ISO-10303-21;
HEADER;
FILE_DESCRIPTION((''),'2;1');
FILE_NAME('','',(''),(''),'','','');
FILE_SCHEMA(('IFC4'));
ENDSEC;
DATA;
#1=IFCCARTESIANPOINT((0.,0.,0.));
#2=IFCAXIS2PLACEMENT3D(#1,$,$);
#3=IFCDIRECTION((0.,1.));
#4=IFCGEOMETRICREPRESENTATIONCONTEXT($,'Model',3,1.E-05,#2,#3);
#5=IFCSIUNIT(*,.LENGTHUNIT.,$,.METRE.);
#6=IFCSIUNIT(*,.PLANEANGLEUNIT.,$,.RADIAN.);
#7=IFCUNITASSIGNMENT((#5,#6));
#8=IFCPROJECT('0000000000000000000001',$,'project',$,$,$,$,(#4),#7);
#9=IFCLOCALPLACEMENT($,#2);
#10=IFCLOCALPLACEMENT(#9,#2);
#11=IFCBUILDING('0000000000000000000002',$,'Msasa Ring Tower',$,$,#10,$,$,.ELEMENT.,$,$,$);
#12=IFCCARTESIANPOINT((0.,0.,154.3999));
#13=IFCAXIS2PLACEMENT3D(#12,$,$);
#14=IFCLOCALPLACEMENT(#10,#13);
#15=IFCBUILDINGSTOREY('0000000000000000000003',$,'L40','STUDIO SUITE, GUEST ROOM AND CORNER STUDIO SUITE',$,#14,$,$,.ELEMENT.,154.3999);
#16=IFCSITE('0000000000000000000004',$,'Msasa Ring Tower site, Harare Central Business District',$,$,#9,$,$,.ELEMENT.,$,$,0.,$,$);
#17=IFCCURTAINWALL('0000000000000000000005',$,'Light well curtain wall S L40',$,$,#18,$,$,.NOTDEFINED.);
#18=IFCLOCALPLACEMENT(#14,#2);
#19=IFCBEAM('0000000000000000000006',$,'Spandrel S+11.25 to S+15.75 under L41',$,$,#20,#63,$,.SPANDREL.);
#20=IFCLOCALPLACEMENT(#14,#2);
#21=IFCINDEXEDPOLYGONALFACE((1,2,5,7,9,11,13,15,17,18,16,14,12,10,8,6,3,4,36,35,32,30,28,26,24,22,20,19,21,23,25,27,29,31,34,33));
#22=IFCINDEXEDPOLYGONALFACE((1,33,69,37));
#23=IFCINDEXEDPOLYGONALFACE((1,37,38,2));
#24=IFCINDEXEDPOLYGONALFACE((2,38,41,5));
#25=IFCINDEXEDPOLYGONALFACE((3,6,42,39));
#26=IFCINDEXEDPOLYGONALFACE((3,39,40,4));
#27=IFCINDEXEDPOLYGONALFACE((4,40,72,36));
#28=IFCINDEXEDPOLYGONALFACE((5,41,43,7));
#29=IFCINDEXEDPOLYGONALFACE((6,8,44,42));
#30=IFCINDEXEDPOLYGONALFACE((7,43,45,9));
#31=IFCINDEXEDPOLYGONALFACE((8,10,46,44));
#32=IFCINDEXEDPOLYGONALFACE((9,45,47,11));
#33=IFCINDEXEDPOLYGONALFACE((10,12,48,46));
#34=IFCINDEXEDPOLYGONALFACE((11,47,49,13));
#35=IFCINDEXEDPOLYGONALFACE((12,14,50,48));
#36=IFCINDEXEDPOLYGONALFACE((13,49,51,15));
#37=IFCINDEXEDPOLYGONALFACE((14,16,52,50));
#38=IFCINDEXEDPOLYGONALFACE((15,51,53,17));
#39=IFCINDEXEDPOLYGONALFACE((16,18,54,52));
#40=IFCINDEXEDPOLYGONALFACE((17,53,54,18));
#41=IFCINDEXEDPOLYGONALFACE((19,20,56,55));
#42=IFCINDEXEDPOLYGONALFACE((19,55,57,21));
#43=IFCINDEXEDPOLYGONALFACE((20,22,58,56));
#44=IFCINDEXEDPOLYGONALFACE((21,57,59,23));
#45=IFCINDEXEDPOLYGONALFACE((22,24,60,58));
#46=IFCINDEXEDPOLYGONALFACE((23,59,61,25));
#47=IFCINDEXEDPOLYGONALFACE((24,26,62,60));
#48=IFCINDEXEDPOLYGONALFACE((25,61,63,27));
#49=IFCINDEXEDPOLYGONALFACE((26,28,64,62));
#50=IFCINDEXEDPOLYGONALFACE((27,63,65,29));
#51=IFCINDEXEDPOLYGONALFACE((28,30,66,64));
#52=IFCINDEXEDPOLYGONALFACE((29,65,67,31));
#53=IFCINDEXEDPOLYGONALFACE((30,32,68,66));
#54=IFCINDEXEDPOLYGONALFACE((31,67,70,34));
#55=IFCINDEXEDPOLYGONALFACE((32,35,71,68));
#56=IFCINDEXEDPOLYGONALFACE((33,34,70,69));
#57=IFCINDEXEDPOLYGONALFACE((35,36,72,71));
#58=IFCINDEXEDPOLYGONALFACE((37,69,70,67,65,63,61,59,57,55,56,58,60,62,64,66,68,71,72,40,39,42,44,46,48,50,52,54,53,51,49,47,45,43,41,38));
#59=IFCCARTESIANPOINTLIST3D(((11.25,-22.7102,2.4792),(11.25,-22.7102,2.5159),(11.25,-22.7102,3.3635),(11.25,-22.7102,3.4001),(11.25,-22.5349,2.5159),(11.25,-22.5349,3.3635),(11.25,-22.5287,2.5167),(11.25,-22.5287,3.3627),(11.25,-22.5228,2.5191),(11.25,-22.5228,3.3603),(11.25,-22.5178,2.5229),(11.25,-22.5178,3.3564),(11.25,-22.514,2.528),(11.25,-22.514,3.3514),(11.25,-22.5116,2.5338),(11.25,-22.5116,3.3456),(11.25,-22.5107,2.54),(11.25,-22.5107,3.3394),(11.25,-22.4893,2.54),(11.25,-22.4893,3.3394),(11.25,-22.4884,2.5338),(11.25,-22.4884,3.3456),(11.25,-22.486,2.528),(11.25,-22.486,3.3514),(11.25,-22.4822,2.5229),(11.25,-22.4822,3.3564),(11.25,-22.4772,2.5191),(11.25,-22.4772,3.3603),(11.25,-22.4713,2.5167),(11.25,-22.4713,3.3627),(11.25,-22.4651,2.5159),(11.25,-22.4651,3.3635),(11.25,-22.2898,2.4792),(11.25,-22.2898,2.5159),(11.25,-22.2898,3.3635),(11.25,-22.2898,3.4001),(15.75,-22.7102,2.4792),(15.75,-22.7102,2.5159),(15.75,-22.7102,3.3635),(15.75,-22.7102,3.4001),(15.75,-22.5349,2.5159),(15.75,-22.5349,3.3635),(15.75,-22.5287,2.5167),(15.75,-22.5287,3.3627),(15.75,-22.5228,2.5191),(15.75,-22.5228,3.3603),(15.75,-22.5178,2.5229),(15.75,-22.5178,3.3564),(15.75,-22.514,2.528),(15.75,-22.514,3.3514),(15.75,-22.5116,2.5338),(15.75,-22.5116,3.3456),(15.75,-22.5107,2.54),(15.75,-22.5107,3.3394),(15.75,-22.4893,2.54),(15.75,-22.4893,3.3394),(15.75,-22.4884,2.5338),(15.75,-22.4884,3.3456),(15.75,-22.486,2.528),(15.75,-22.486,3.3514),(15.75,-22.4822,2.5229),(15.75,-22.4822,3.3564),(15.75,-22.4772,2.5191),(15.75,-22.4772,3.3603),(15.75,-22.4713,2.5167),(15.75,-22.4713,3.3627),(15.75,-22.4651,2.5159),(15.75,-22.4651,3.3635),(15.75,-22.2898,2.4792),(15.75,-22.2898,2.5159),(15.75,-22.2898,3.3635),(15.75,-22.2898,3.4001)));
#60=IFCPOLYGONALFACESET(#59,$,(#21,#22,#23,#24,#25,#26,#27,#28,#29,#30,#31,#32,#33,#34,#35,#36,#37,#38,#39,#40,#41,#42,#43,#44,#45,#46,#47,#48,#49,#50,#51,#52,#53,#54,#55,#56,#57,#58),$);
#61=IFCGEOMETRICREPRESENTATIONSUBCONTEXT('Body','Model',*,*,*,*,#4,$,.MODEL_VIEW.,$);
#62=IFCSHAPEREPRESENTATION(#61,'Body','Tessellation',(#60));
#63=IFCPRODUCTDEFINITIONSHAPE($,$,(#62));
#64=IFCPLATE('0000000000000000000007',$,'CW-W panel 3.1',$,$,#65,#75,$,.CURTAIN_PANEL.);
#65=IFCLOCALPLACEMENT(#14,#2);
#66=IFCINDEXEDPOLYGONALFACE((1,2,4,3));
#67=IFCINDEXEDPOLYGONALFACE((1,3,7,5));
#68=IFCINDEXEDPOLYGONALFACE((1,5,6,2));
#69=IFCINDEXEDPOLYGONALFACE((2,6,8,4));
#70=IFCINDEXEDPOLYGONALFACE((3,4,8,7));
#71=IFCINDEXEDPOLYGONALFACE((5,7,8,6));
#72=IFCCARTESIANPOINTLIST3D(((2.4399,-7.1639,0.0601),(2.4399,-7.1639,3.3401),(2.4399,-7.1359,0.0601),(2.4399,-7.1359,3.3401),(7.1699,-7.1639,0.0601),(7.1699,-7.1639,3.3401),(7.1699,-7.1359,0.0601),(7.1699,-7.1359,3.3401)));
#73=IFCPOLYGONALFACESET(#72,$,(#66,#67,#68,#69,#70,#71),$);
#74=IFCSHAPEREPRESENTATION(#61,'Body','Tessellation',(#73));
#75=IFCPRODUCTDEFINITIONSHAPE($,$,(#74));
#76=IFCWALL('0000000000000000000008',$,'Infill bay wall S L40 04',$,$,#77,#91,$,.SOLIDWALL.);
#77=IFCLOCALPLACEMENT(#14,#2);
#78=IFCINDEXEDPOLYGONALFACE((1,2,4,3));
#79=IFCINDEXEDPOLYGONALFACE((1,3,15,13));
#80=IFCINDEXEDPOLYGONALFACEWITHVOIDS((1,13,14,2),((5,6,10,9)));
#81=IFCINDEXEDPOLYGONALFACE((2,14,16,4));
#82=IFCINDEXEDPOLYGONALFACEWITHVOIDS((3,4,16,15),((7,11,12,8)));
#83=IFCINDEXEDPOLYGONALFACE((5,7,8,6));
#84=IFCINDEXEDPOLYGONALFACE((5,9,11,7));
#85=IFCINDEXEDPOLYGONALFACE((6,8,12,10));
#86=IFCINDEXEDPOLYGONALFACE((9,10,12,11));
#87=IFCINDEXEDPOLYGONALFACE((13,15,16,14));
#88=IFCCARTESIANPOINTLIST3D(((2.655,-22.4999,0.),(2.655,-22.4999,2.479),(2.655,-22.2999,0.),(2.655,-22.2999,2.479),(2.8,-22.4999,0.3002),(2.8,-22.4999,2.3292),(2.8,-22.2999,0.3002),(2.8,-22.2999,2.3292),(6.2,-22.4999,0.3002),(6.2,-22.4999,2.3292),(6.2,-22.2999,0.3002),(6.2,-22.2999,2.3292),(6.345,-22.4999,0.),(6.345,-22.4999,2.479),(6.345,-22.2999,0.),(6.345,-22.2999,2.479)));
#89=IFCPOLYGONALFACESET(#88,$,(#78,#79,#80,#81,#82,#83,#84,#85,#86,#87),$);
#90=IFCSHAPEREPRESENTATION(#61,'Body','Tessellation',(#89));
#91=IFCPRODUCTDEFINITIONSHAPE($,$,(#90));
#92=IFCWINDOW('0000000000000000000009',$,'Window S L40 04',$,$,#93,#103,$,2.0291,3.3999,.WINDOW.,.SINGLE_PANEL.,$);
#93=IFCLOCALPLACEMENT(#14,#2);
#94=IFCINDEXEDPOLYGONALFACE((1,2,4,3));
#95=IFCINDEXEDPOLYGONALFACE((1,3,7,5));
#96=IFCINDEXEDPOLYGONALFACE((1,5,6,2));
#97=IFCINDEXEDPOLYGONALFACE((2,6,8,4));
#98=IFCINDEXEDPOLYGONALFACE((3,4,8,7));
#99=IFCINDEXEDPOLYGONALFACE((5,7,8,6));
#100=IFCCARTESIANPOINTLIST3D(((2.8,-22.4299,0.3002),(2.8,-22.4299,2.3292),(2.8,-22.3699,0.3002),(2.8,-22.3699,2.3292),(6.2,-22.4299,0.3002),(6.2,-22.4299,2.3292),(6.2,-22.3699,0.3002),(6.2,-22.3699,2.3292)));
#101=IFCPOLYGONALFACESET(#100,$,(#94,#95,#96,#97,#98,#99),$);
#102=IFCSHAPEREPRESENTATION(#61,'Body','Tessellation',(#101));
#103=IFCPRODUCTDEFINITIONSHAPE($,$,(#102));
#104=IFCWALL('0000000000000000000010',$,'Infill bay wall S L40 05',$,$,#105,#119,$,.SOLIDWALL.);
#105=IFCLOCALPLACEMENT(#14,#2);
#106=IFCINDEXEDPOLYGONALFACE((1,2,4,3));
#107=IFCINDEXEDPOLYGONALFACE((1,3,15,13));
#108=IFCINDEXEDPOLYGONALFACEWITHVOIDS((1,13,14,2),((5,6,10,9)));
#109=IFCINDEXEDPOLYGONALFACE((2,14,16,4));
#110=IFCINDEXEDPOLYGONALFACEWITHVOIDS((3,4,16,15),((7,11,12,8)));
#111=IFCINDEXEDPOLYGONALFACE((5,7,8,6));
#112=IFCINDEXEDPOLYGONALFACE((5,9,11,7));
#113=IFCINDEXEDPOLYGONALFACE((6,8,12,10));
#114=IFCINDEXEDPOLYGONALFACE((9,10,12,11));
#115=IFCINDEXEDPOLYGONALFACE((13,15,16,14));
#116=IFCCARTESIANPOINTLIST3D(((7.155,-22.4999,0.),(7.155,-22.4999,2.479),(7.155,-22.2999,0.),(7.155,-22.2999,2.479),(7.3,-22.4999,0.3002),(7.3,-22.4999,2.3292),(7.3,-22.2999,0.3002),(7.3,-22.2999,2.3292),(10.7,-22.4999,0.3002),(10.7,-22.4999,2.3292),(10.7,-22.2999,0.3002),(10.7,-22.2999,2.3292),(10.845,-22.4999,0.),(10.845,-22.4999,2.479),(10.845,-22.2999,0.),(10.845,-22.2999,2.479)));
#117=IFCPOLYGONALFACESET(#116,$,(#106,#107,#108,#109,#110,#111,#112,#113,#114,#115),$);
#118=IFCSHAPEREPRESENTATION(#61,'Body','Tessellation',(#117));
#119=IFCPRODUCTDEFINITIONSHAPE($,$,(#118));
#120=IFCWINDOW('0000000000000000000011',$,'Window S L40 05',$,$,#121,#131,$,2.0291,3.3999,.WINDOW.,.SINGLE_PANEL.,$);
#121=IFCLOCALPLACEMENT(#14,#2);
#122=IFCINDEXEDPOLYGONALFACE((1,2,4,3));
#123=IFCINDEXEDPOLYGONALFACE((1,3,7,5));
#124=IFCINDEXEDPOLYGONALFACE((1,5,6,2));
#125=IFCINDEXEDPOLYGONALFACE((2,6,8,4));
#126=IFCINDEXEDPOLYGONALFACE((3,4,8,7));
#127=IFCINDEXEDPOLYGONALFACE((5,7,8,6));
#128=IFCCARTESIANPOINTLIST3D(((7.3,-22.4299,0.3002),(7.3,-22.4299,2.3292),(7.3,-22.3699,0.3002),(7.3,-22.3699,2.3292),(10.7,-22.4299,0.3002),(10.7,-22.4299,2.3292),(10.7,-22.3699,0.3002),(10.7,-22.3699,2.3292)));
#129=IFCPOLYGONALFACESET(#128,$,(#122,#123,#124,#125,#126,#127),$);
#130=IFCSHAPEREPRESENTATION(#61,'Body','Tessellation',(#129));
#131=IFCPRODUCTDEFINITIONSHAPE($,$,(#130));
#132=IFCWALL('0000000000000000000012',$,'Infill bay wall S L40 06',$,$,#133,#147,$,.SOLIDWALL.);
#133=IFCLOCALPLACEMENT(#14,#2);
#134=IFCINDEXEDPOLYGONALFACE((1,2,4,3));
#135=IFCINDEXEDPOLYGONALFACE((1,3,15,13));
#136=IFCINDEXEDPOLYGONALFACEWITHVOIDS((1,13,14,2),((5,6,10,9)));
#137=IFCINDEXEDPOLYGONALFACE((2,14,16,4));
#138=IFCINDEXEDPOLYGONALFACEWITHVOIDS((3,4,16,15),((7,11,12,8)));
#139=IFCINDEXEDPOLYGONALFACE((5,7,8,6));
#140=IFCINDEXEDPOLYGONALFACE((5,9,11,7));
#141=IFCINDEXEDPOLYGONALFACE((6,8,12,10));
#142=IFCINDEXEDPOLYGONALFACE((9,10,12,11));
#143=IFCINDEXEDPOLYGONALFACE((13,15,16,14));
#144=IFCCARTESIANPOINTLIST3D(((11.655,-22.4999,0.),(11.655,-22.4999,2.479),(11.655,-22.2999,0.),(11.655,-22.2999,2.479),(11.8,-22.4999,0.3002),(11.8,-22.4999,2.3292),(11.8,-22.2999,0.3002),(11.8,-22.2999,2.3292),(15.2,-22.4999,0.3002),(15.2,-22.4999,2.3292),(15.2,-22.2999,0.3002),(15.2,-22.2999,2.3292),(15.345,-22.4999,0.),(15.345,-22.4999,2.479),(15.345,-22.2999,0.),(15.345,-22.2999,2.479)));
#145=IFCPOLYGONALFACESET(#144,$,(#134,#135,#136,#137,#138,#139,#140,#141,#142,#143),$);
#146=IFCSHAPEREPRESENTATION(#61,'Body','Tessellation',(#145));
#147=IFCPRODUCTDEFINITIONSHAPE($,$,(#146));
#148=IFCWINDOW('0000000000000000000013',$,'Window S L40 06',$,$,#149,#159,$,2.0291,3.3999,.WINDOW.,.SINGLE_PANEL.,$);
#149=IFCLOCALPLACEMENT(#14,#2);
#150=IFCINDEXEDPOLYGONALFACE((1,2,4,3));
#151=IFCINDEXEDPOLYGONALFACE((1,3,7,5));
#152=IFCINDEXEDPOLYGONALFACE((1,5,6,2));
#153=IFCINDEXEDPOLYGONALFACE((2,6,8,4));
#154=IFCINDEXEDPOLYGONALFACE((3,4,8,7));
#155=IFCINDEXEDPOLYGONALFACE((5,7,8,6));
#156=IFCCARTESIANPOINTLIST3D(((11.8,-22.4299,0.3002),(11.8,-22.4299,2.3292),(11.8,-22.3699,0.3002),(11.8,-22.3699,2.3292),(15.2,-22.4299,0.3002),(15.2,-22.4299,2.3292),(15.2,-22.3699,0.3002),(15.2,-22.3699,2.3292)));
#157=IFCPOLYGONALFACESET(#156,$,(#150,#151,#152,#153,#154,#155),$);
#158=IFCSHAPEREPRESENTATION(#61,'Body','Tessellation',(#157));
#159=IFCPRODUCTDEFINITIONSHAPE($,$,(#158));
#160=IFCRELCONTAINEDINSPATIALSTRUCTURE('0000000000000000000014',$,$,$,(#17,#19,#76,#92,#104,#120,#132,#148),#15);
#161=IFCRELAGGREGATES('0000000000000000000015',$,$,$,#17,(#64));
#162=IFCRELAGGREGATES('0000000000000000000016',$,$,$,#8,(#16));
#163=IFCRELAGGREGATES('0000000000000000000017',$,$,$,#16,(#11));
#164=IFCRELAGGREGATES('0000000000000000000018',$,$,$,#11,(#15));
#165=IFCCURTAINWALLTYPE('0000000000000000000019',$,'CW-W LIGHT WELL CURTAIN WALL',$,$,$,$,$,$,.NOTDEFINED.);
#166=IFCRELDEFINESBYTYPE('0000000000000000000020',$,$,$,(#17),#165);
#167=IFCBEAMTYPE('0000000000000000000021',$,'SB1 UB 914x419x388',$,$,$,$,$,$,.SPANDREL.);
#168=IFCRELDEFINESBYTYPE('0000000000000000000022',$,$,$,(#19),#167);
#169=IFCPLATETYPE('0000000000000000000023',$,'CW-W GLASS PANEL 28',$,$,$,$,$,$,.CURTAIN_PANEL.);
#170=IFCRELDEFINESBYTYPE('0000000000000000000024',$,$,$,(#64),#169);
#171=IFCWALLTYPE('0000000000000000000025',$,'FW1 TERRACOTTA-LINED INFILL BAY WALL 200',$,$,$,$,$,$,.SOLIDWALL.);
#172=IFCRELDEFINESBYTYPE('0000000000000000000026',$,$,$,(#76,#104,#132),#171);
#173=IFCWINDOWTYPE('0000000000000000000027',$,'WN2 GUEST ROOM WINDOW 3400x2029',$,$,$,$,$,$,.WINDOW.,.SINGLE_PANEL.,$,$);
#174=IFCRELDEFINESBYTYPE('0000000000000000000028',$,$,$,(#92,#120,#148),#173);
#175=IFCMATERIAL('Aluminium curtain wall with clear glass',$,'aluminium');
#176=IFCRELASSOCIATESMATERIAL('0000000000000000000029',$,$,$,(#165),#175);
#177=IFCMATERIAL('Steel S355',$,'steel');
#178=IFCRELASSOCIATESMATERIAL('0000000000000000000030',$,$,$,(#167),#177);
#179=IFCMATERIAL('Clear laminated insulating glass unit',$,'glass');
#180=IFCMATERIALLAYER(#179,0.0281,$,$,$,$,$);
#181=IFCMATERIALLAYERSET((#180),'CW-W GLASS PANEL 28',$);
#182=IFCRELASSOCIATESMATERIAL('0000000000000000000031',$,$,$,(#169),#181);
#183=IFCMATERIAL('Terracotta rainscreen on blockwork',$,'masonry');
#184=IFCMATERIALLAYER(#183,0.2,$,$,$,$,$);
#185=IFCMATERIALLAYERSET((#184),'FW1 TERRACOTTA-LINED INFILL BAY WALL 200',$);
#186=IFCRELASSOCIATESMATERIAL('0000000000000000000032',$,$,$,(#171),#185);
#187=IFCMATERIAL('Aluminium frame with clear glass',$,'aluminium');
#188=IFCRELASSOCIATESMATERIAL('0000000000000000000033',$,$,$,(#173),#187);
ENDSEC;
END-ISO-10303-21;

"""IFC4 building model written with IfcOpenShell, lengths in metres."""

from ifc_helpers import new_model, si_unit, direction, frame, frame_2d, origin, origin_2d, place, context, subcontext, project, spatial, rectangle, i_section, extrude, material, layer, layer_set, material_profile, profile_set, type_object, element, fill, aggregate, save


model = new_model("IFC4")

# Units and contexts
model_context = context("Model", 3, precision=1e-05, world=origin(), true_north=direction((0.0, 1.0)))
body_context = subcontext(model_context, "Body", "Model", "MODEL_VIEW")
ifc_project = project(units=[si_unit("LENGTHUNIT", "METRE"), si_unit("PLANEANGLEUNIT", "RADIAN")], contexts=[model_context])

# Site, building, storey
site_placement = place(None, origin())
site = spatial("IfcSite", under=ifc_project, at=site_placement, Name="Msasa Ring Tower site, Harare Central Business District", CompositionType="ELEMENT", RefElevation=0.0)
building_placement = place(site_placement, origin())
building = spatial("IfcBuilding", under=site, at=building_placement, Name="Msasa Ring Tower", CompositionType="ELEMENT")
storey_placement = place(building_placement, frame((0.0, 0.0, 154.3999)))
storey = spatial("IfcBuildingStorey", under=building, at=storey_placement, Name="L40", Description="STUDIO SUITE, GUEST ROOM AND CORNER STUDIO SUITE", CompositionType="ELEMENT", Elevation=154.3999)

# Curtain wall
ifc_material_1 = material(Name="Aluminium curtain wall with clear glass", Category="aluminium")
curtain_wall_type = type_object("IfcCurtainWallType", Name="CW-W LIGHT WELL CURTAIN WALL", PredefinedType="NOTDEFINED", material=ifc_material_1)
curtain_wall_1_placement = place(storey_placement, origin())
curtain_wall_1 = element("IfcCurtainWall", 1, at=curtain_wall_1_placement, inside=storey, type_object=curtain_wall_type, Name="Light well curtain wall S L40", PredefinedType="NOTDEFINED")

# Beam
ifc_material_2 = material(Name="Steel S355", Category="steel")
ifc_material_profile_1 = material_profile(ifc_material_2, i_section(OverallWidth=0.4204, OverallDepth=0.9209, WebThickness=0.0215, FlangeThickness=0.0366, FilletRadius=0.0242, at=origin_2d()), Name="UB 914x419x388")
ifc_profile_set_1 = profile_set([ifc_material_profile_1], Name="Steel S355")
beam_type_1 = type_object("IfcBeamType", Name="SB1 UB 914x419x388", PredefinedType="SPANDREL", material=ifc_profile_set_1)
for number, where, z_axis, x_axis, name in (
    (2, (11.25, -22.5, 2.9397), (1.0, 0.0, 0.0), (0.0, 1.0, 0.0), "Spandrel S+11.25 to S+15.75 under L41"),
):
    element("IfcBeam", number, at=place(storey_placement, frame(where, z_axis=z_axis, x_axis=x_axis)), inside=storey, type_object=beam_type_1, Name=name, PredefinedType="SPANDREL", context=body_context, shape_type="SweptSolid", body=[
        extrude(i_section(OverallWidth=0.4204, OverallDepth=0.9209, WebThickness=0.0215, FlangeThickness=0.0366, FilletRadius=0.0242, at=origin_2d()), origin(), (0.0, 0.0, 1.0), 4.5),
    ])

# Plate
ifc_material_3 = material(Name="Clear laminated insulating glass unit", Category="glass")
ifc_layer_1 = layer(ifc_material_3, 0.0281)
ifc_layer_set_1 = layer_set([ifc_layer_1], Name="CW-W GLASS PANEL 28")
plate_type = type_object("IfcPlateType", Name="CW-W GLASS PANEL 28", PredefinedType="CURTAIN_PANEL", material=ifc_layer_set_1)
plate_placement = place(storey_placement, frame((4.8049, -7.1499, 0.0601), z_axis=(0.0, 0.0, 1.0), x_axis=(1.0, 0.0, 0.0)))
plate = element("IfcPlate", 3, at=plate_placement, type_object=plate_type, Name="CW-W panel 3.1", PredefinedType="CURTAIN_PANEL", context=body_context, shape_type="SweptSolid", body=[
    extrude(rectangle(XDim=4.73, YDim=0.0281, at=origin_2d()), origin(), (0.0, 0.0, 1.0), 3.28),
])
aggregate(curtain_wall_1, [plate])

# Walls, openings, windows
ifc_material_4 = material(Name="Terracotta rainscreen on blockwork", Category="masonry")
ifc_layer_2 = layer(ifc_material_4, 0.2)
ifc_layer_set_2 = layer_set([ifc_layer_2], Name="FW1 TERRACOTTA-LINED INFILL BAY WALL 200")
wall_type_1 = type_object("IfcWallType", Name="FW1 TERRACOTTA-LINED INFILL BAY WALL 200", PredefinedType="SOLIDWALL", material=ifc_layer_set_2)
wall_1_placement = place(storey_placement, frame((2.655, -22.3999, 0.0), z_axis=(0.0, 0.0, 1.0), x_axis=(1.0, 0.0, 0.0)))
wall_1 = element("IfcWall", 4, at=wall_1_placement, inside=storey, type_object=wall_type_1, Name="Infill bay wall S L40 04", PredefinedType="SOLIDWALL", context=body_context, shape_type="SweptSolid", body=[
    extrude(rectangle(XDim=3.6899, YDim=0.2, at=frame_2d((1.845, 0.0))), origin(), (0.0, 0.0, 1.0), 2.479),
])
opening_1_placement = place(wall_1_placement, frame((0.145, 0.0, 0.3)))
opening_1 = element("IfcOpeningElement", 5, at=opening_1_placement, cuts=wall_1, PredefinedType="OPENING", context=body_context, shape_type="SweptSolid", body=[
    extrude(rectangle(XDim=3.3999, YDim=2.0291, at=frame_2d((1.7, 1.0146))), frame((0.0, 0.1099, 0.0), z_axis=(0.0, -1.0, 0.0), x_axis=(1.0, 0.0, 0.0)), (0.0, 0.0, 1.0), 0.22),
])
ifc_material_5 = material(Name="Aluminium frame with clear glass", Category="aluminium")
window_type = type_object("IfcWindowType", Name="WN2 GUEST ROOM WINDOW 3400x2029", PartitioningType="SINGLE_PANEL", PredefinedType="WINDOW", material=ifc_material_5)
window_1_placement = place(opening_1_placement, origin())
window_1 = element("IfcWindow", 6, at=window_1_placement, inside=storey, type_object=window_type, Name="Window S L40 04", OverallHeight=2.0291, OverallWidth=3.3999, PartitioningType="SINGLE_PANEL", PredefinedType="WINDOW", context=body_context, shape_type="SweptSolid", body=[
    extrude(rectangle(XDim=3.3999, YDim=2.0291, at=frame_2d((1.7, 1.0146))), frame((0.0, 0.03, 0.0), z_axis=(0.0, -1.0, 0.0), x_axis=(1.0, 0.0, 0.0)), (0.0, 0.0, 1.0), 0.0601),
])
fill(opening_1, window_1)
wall_2_placement = place(storey_placement, frame((7.155, -22.3999, 0.0), z_axis=(0.0, 0.0, 1.0), x_axis=(1.0, 0.0, 0.0)))
wall_2 = element("IfcWall", 7, at=wall_2_placement, inside=storey, type_object=wall_type_1, Name="Infill bay wall S L40 05", PredefinedType="SOLIDWALL", context=body_context, shape_type="SweptSolid", body=[
    extrude(rectangle(XDim=3.6899, YDim=0.2, at=frame_2d((1.845, 0.0))), origin(), (0.0, 0.0, 1.0), 2.479),
])
opening_2_placement = place(wall_2_placement, frame((0.145, 0.0, 0.3)))
opening_2 = element("IfcOpeningElement", 8, at=opening_2_placement, cuts=wall_2, PredefinedType="OPENING", context=body_context, shape_type="SweptSolid", body=[
    extrude(rectangle(XDim=3.3999, YDim=2.0291, at=frame_2d((1.7, 1.0146))), frame((0.0, 0.1099, 0.0), z_axis=(0.0, -1.0, 0.0), x_axis=(1.0, 0.0, 0.0)), (0.0, 0.0, 1.0), 0.22),
])
window_2_placement = place(opening_2_placement, origin())
window_2 = element("IfcWindow", 9, at=window_2_placement, inside=storey, type_object=window_type, Name="Window S L40 05", OverallHeight=2.0291, OverallWidth=3.3999, PartitioningType="SINGLE_PANEL", PredefinedType="WINDOW", context=body_context, shape_type="SweptSolid", body=[
    extrude(rectangle(XDim=3.3999, YDim=2.0291, at=frame_2d((1.7, 1.0146))), frame((0.0, 0.03, 0.0), z_axis=(0.0, -1.0, 0.0), x_axis=(1.0, 0.0, 0.0)), (0.0, 0.0, 1.0), 0.0601),
])
fill(opening_2, window_2)
wall_3_placement = place(storey_placement, frame((11.655, -22.3999, 0.0), z_axis=(0.0, 0.0, 1.0), x_axis=(1.0, 0.0, 0.0)))
wall_3 = element("IfcWall", 10, at=wall_3_placement, inside=storey, type_object=wall_type_1, Name="Infill bay wall S L40 06", PredefinedType="SOLIDWALL", context=body_context, shape_type="SweptSolid", body=[
    extrude(rectangle(XDim=3.6899, YDim=0.2, at=frame_2d((1.845, 0.0))), origin(), (0.0, 0.0, 1.0), 2.479),
])
opening_3_placement = place(wall_3_placement, frame((0.145, 0.0, 0.3)))
opening_3 = element("IfcOpeningElement", 11, at=opening_3_placement, cuts=wall_3, PredefinedType="OPENING", context=body_context, shape_type="SweptSolid", body=[
    extrude(rectangle(XDim=3.3999, YDim=2.0291, at=frame_2d((1.7, 1.0146))), frame((0.0, 0.1099, 0.0), z_axis=(0.0, -1.0, 0.0), x_axis=(1.0, 0.0, 0.0)), (0.0, 0.0, 1.0), 0.22),
])
window_3_placement = place(opening_3_placement, origin())
window_3 = element("IfcWindow", 12, at=window_3_placement, inside=storey, type_object=window_type, Name="Window S L40 06", OverallHeight=2.0291, OverallWidth=3.3999, PartitioningType="SINGLE_PANEL", PredefinedType="WINDOW", context=body_context, shape_type="SweptSolid", body=[
    extrude(rectangle(XDim=3.3999, YDim=2.0291, at=frame_2d((1.7, 1.0146))), frame((0.0, 0.03, 0.0), z_axis=(0.0, -1.0, 0.0), x_axis=(1.0, 0.0, 0.0)), (0.0, 0.0, 1.0), 0.0601),
])
fill(opening_3, window_3)

save(model, "model.ifc")
